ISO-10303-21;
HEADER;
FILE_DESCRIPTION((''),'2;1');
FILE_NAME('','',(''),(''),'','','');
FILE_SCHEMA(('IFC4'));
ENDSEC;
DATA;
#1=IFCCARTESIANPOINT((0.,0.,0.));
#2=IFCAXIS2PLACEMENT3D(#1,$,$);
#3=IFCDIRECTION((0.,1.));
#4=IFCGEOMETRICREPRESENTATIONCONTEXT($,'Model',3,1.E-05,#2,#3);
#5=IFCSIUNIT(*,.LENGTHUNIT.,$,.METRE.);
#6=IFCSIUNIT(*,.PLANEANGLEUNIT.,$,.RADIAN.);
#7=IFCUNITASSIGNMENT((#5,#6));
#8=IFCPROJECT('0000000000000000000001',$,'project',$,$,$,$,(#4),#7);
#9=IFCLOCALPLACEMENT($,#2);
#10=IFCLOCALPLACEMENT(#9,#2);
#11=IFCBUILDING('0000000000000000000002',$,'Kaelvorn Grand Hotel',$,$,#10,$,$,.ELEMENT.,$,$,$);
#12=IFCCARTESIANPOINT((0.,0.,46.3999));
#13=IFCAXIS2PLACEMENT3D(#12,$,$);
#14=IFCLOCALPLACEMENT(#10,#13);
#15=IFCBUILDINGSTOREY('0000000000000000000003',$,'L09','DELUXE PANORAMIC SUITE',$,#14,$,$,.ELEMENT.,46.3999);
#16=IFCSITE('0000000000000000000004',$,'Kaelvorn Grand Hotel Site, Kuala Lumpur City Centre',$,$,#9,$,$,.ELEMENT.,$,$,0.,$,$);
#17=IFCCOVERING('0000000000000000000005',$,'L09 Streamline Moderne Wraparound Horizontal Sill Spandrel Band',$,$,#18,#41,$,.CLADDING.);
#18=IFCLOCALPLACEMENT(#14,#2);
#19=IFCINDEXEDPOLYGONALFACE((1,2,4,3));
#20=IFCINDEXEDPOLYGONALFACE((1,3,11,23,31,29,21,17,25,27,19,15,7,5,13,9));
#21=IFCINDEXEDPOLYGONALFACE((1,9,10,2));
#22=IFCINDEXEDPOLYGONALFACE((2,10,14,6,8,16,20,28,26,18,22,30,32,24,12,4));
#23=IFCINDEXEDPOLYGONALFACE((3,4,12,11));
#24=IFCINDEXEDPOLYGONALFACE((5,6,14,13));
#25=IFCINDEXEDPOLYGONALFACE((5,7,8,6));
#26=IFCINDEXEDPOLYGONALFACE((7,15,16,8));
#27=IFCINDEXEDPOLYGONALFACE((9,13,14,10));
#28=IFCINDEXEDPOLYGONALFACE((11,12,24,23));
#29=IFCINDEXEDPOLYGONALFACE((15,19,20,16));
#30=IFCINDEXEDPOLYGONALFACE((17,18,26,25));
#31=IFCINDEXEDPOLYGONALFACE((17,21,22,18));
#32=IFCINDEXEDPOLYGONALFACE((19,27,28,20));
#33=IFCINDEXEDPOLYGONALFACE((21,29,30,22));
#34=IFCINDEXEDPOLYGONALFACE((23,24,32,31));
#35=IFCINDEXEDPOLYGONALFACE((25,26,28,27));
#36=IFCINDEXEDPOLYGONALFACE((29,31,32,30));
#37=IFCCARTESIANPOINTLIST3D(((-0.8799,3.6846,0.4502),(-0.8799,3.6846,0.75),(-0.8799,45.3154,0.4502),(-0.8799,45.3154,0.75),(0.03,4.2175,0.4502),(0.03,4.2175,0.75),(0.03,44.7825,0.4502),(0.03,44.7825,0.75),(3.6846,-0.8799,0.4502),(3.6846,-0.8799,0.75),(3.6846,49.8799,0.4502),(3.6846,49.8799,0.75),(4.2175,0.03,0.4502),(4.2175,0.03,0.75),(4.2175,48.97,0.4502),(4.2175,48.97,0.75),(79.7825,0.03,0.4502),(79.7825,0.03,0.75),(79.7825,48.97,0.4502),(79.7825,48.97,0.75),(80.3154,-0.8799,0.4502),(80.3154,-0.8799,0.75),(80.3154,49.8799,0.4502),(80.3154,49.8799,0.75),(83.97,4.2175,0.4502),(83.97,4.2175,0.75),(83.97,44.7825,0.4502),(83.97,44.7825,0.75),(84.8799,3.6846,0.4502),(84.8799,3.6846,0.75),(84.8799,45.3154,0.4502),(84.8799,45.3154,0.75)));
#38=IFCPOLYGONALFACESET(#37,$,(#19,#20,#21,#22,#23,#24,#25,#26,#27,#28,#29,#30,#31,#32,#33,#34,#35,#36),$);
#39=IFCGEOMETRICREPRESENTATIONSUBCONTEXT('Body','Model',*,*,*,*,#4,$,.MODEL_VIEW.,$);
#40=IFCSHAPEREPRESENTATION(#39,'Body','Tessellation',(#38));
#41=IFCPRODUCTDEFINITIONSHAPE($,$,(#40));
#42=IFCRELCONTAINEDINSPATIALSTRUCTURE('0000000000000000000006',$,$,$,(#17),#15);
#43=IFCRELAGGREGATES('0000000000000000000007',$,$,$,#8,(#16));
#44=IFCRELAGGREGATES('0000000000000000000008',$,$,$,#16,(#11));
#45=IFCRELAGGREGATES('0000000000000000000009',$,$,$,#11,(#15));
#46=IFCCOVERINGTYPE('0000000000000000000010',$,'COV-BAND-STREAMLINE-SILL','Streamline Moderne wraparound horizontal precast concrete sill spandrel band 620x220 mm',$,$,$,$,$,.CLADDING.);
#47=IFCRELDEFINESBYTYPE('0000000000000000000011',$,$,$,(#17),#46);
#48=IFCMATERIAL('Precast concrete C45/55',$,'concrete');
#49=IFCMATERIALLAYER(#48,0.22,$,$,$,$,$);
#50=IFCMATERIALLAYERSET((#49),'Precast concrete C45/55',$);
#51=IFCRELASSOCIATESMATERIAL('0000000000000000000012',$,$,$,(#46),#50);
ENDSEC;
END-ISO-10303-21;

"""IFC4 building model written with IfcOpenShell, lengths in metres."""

from ifc_helpers import new_model, si_unit, direction, frame, origin, place, context, subcontext, project, spatial, polyline, outline, extrude, material, layer, layer_set, type_object, element, save


model = new_model("IFC4")

# Units and contexts
model_context = context("Model", 3, precision=1e-05, world=origin(), true_north=direction((0.0, 1.0)))
body_context = subcontext(model_context, "Body", "Model", "MODEL_VIEW")
ifc_project = project(units=[si_unit("LENGTHUNIT", "METRE"), si_unit("PLANEANGLEUNIT", "RADIAN")], contexts=[model_context])

# Site, building, storey
site_placement = place(None, origin())
site = spatial("IfcSite", under=ifc_project, at=site_placement, Name="Kaelvorn Grand Hotel Site, Kuala Lumpur City Centre", CompositionType="ELEMENT", RefElevation=0.0)
building_placement = place(site_placement, origin())
building = spatial("IfcBuilding", under=site, at=building_placement, Name="Kaelvorn Grand Hotel", CompositionType="ELEMENT")
storey_placement = place(building_placement, frame((0.0, 0.0, 46.3999)))
storey = spatial("IfcBuildingStorey", under=building, at=storey_placement, Name="L09", Description="DELUXE PANORAMIC SUITE", CompositionType="ELEMENT", Elevation=46.3999)

# Covering
ifc_material_1 = material(Name="Precast concrete C45/55", Category="concrete")
ifc_layer_1 = layer(ifc_material_1, 0.22)
ifc_layer_set_1 = layer_set([ifc_layer_1], Name="Precast concrete C45/55")
covering_type_1 = type_object("IfcCoveringType", Name="COV-BAND-STREAMLINE-SILL", Description="Streamline Moderne wraparound horizontal precast concrete sill spandrel band 620x220 mm", PredefinedType="CLADDING", material=ifc_layer_set_1)
covering_1_placement = place(storey_placement, frame((0.0, 0.0, 0.4502)))
element("IfcCovering", 1, at=covering_1_placement, inside=storey, type_object=covering_type_1, Name="L09 Streamline Moderne Wraparound Horizontal Sill Spandrel Band", PredefinedType="CLADDING", context=body_context, shape_type="SweptSolid", body=[
    extrude(outline(polyline([(80.3154, -0.8799), (84.8799, 3.6846), (84.8799, 45.3154), (80.3154, 49.8799), (3.6846, 49.8799), (-0.8799, 45.3154), (-0.8799, 3.6846), (3.6846, -0.8799), (4.2175, 0.03), (0.03, 4.2175), (0.03, 44.7825), (4.2175, 48.97), (79.7825, 48.97), (83.97, 44.7825), (83.97, 4.2175), (79.7825, 0.03), (80.3154, -0.8799)])), origin(), (0.0, 0.0, 1.0), 0.2998),
])

save(model, "model.ifc")
